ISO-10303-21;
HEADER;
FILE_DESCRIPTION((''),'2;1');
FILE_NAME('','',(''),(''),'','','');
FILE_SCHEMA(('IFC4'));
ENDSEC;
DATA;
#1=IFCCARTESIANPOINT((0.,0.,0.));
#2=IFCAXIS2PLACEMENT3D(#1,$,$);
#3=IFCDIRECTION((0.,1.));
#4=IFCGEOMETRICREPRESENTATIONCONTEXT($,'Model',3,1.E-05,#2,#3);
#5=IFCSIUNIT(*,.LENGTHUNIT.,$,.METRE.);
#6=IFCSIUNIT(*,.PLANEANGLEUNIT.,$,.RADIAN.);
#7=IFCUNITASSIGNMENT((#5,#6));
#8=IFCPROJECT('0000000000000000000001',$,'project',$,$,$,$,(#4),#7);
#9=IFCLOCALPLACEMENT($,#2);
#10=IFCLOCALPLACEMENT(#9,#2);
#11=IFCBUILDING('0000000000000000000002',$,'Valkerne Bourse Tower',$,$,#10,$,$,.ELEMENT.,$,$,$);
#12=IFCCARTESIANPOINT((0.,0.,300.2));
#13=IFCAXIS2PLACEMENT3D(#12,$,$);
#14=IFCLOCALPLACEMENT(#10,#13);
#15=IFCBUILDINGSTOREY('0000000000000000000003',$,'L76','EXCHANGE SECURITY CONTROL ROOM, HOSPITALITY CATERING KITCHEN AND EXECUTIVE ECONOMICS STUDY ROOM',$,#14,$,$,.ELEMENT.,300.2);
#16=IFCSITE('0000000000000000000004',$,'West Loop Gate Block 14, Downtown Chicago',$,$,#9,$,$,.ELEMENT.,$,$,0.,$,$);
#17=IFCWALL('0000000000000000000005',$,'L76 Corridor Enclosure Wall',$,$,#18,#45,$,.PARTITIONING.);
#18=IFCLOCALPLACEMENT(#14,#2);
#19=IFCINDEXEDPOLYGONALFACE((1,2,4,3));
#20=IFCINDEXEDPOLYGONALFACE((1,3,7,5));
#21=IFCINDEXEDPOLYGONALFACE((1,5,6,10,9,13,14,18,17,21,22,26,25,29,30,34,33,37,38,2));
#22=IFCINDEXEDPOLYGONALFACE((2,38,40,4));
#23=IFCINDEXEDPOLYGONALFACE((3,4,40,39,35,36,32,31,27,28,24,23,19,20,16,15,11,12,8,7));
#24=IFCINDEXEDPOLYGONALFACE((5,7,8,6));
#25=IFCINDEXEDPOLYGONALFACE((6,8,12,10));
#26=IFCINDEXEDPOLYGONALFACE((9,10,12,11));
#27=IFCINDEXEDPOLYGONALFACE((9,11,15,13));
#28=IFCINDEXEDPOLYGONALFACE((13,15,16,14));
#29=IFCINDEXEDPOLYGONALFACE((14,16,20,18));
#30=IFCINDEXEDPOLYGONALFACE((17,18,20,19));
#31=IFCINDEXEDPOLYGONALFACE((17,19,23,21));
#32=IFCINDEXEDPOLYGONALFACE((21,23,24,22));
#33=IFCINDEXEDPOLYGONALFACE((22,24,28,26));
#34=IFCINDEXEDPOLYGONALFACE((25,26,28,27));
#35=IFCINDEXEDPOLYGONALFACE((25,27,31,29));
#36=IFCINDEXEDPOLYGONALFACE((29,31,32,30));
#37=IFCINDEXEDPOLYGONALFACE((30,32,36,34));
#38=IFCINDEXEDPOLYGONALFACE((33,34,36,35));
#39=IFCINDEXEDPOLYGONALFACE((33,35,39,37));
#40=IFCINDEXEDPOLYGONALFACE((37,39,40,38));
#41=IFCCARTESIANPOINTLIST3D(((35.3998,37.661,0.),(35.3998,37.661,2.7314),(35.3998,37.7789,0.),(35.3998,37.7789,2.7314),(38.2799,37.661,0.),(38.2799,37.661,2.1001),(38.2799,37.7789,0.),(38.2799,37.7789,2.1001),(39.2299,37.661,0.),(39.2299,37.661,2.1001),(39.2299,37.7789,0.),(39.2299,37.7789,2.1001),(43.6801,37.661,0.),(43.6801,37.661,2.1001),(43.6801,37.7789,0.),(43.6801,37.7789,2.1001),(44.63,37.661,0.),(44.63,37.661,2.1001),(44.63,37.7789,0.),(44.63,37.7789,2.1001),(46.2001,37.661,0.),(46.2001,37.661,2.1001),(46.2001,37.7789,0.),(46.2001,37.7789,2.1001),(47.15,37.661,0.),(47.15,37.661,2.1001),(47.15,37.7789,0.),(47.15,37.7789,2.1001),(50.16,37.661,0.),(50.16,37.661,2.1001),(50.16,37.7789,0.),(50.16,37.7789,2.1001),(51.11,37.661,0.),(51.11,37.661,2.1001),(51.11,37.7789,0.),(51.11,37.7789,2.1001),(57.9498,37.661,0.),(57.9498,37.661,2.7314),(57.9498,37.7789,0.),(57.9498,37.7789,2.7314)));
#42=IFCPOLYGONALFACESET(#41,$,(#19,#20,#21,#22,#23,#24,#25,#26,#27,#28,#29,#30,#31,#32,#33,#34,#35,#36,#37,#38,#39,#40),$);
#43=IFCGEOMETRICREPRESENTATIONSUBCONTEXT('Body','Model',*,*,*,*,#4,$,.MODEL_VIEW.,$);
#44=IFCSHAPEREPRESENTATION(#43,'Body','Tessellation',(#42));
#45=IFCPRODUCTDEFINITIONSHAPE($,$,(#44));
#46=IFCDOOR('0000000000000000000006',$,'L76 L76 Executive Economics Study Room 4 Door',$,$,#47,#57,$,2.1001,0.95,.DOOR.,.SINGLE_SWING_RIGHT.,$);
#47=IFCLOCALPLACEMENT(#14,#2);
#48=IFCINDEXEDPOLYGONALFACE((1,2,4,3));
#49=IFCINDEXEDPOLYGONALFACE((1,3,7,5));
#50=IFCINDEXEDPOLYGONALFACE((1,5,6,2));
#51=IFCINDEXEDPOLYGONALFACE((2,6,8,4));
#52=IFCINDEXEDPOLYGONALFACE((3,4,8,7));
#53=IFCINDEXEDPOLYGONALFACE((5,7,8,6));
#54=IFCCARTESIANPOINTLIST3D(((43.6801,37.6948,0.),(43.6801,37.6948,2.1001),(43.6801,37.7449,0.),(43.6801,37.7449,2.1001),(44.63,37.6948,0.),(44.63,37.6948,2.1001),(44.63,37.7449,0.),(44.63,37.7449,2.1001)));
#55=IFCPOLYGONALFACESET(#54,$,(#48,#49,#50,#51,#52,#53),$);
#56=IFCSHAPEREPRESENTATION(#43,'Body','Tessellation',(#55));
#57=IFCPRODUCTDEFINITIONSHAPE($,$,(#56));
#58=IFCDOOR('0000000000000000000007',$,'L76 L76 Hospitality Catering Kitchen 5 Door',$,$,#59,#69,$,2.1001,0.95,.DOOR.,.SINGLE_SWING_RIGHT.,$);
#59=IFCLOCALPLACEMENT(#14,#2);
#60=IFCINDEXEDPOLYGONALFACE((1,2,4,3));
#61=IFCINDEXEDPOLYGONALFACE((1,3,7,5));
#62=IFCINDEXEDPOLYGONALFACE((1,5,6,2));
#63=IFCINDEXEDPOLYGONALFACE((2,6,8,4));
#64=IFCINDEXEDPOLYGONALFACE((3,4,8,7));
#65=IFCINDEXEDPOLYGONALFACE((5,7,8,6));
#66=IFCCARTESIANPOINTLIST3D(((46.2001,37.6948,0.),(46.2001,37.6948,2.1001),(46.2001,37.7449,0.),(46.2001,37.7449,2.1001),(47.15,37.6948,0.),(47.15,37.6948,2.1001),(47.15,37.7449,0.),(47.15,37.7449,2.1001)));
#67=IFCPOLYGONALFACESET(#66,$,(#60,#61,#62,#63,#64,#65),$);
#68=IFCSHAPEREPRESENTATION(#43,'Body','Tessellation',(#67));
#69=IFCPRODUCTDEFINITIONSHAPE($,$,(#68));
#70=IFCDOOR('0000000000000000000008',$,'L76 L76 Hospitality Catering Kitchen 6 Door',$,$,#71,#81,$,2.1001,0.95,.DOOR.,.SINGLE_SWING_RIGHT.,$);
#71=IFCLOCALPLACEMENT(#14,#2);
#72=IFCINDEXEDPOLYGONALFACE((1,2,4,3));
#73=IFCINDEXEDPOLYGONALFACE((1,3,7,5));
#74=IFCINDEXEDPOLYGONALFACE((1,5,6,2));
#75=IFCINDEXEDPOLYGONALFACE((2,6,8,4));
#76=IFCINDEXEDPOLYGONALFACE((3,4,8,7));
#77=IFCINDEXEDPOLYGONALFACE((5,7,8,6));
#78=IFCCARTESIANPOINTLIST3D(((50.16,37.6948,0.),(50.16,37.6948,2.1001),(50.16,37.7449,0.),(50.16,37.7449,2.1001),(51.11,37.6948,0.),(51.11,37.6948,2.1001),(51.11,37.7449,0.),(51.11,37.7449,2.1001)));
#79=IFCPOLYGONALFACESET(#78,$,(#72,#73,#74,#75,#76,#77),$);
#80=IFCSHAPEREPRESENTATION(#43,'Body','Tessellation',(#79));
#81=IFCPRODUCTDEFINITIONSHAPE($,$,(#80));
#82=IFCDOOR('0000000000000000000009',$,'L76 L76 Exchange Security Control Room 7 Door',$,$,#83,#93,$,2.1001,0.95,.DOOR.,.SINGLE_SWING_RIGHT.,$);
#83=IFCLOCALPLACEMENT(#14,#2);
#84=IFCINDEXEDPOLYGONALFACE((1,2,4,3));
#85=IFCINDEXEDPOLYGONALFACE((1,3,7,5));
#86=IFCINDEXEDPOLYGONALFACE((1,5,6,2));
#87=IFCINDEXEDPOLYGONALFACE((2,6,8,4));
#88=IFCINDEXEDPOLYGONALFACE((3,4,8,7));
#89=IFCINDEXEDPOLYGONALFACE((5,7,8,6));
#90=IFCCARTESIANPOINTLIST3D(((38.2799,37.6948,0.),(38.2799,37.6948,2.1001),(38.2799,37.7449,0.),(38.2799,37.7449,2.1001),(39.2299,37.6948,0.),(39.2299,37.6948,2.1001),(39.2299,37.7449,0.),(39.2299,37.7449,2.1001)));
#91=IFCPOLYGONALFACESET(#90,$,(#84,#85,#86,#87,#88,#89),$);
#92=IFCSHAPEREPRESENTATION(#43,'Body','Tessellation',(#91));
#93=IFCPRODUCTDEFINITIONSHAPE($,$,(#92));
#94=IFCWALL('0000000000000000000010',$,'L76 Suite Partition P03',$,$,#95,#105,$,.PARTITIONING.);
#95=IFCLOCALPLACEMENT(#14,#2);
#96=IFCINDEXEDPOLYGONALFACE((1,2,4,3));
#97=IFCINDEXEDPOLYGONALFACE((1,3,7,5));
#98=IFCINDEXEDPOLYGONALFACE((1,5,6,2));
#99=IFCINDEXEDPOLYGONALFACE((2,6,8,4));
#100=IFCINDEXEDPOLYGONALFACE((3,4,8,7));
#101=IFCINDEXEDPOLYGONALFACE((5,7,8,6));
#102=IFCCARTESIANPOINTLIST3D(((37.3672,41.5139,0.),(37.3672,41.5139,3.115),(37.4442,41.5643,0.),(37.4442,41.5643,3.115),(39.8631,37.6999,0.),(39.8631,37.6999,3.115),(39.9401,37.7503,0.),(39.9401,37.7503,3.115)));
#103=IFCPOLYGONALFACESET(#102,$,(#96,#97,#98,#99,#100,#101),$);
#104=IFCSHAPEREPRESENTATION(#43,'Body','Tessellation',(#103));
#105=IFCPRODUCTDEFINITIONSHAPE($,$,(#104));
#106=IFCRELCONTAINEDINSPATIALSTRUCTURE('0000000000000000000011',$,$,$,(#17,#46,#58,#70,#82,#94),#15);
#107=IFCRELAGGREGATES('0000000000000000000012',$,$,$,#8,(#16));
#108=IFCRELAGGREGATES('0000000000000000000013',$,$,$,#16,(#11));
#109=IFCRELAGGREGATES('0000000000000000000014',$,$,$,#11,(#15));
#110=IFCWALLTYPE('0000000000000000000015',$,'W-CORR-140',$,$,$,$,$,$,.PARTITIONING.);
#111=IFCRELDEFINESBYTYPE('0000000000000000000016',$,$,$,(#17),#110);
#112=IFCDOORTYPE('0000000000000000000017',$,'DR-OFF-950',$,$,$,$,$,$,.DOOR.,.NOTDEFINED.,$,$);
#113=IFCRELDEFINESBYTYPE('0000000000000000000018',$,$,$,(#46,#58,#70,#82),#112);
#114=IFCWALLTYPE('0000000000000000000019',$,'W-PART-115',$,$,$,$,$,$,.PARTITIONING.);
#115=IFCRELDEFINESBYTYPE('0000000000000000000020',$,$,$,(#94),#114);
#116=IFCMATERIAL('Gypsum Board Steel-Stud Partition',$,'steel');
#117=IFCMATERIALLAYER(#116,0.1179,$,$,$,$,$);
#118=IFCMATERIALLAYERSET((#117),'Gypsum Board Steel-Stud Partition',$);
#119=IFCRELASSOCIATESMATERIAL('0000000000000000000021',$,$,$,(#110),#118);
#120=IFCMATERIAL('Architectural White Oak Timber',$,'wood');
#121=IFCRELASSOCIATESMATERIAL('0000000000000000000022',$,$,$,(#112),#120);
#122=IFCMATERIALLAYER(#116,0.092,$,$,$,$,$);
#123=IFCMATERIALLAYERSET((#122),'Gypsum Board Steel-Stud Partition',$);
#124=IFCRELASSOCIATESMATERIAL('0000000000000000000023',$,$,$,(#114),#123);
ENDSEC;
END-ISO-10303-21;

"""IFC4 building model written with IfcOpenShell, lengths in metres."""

from ifc_helpers import new_model, si_unit, direction, frame, frame_2d, origin, place, context, subcontext, project, spatial, rectangle, extrude, material, layer, layer_set, type_object, element, fill, save


model = new_model("IFC4")

# Units and contexts
model_context = context("Model", 3, precision=1e-05, world=origin(), true_north=direction((0.0, 1.0)))
body_context = subcontext(model_context, "Body", "Model", "MODEL_VIEW")
ifc_project = project(units=[si_unit("LENGTHUNIT", "METRE"), si_unit("PLANEANGLEUNIT", "RADIAN")], contexts=[model_context])

# Site, building, storey
site_placement = place(None, origin())
site = spatial("IfcSite", under=ifc_project, at=site_placement, Name="West Loop Gate Block 14, Downtown Chicago", CompositionType="ELEMENT", RefElevation=0.0)
building_placement = place(site_placement, origin())
building = spatial("IfcBuilding", under=site, at=building_placement, Name="Valkerne Bourse Tower", CompositionType="ELEMENT")
storey_placement = place(building_placement, frame((0.0, 0.0, 300.2)))
storey = spatial("IfcBuildingStorey", under=building, at=storey_placement, Name="L76", Description="EXCHANGE SECURITY CONTROL ROOM, HOSPITALITY CATERING KITCHEN AND EXECUTIVE ECONOMICS STUDY ROOM", CompositionType="ELEMENT", Elevation=300.2)

# Wall, openings, doors
ifc_material_1 = material(Name="Gypsum Board Steel-Stud Partition", Category="steel")
ifc_layer_1 = layer(ifc_material_1, 0.1179)
ifc_layer_set_1 = layer_set([ifc_layer_1], Name="Gypsum Board Steel-Stud Partition")
wall_type_1 = type_object("IfcWallType", Name="W-CORR-140", PredefinedType="PARTITIONING", material=ifc_layer_set_1)
wall_1_placement = place(storey_placement, frame((35.3999, 37.72, 0.0), z_axis=(0.0, 0.0, 1.0), x_axis=(1.0, 0.0, 0.0)))
wall_1 = element("IfcWall", 1, at=wall_1_placement, inside=storey, type_object=wall_type_1, Name="L76 Corridor Enclosure Wall", PredefinedType="PARTITIONING", context=body_context, shape_type="SweptSolid", body=[
    extrude(rectangle(XDim=22.55, YDim=0.1179, at=frame_2d((11.2749, 0.0))), origin(), (0.0, 0.0, 1.0), 2.7314),
])
opening_1_placement = place(wall_1_placement, frame((8.28, 0.0, 0.0)))
opening_1 = element("IfcOpeningElement", 2, at=opening_1_placement, cuts=wall_1, PredefinedType="OPENING", context=body_context, shape_type="SweptSolid", body=[
    extrude(rectangle(XDim=0.95, YDim=2.1001, at=frame_2d((0.4751, 1.05))), frame((0.0, 0.0688, 0.0), z_axis=(0.0, -1.0, 0.0), x_axis=(1.0, 0.0, 0.0)), (0.0, 0.0, 1.0), 0.1379),
])
opening_2_placement = place(wall_1_placement, frame((10.8, 0.0, 0.0)))
opening_2 = element("IfcOpeningElement", 3, at=opening_2_placement, cuts=wall_1, PredefinedType="OPENING", context=body_context, shape_type="SweptSolid", body=[
    extrude(rectangle(XDim=0.95, YDim=2.1001, at=frame_2d((0.4751, 1.05))), frame((0.0, 0.0688, 0.0), z_axis=(0.0, -1.0, 0.0), x_axis=(1.0, 0.0, 0.0)), (0.0, 0.0, 1.0), 0.1379),
])
opening_3_placement = place(wall_1_placement, frame((14.76, 0.0, 0.0)))
opening_3 = element("IfcOpeningElement", 4, at=opening_3_placement, cuts=wall_1, PredefinedType="OPENING", context=body_context, shape_type="SweptSolid", body=[
    extrude(rectangle(XDim=0.95, YDim=2.1001, at=frame_2d((0.4751, 1.05))), frame((0.0, 0.0688, 0.0), z_axis=(0.0, -1.0, 0.0), x_axis=(1.0, 0.0, 0.0)), (0.0, 0.0, 1.0), 0.1379),
])
opening_4_placement = place(wall_1_placement, frame((2.8799, 0.0, 0.0)))
opening_4 = element("IfcOpeningElement", 5, at=opening_4_placement, cuts=wall_1, PredefinedType="OPENING", context=body_context, shape_type="SweptSolid", body=[
    extrude(rectangle(XDim=0.95, YDim=2.1001, at=frame_2d((0.4751, 1.05))), frame((0.0, 0.0688, 0.0), z_axis=(0.0, -1.0, 0.0), x_axis=(1.0, 0.0, 0.0)), (0.0, 0.0, 1.0), 0.1379),
])
ifc_material_2 = material(Name="Architectural White Oak Timber", Category="wood")
door_type = type_object("IfcDoorType", Name="DR-OFF-950", OperationType="NOTDEFINED", PredefinedType="DOOR", material=ifc_material_2)
door_1_placement = place(opening_1_placement, origin())
door_1 = element("IfcDoor", 6, at=door_1_placement, inside=storey, type_object=door_type, Name="L76 L76 Executive Economics Study Room 4 Door", OperationType="SINGLE_SWING_RIGHT", OverallHeight=2.1001, OverallWidth=0.95, PredefinedType="DOOR", context=body_context, shape_type="SweptSolid", body=[
    extrude(rectangle(XDim=0.95, YDim=2.1001, at=frame_2d((0.4751, 1.05))), frame((0.0, 0.0249, 0.0), z_axis=(0.0, -1.0, 0.0), x_axis=(1.0, 0.0, 0.0)), (0.0, 0.0, 1.0), 0.05),
])
fill(opening_1, door_1)
door_2_placement = place(opening_2_placement, origin())
door_2 = element("IfcDoor", 7, at=door_2_placement, inside=storey, type_object=door_type, Name="L76 L76 Hospitality Catering Kitchen 5 Door", OperationType="SINGLE_SWING_RIGHT", OverallHeight=2.1001, OverallWidth=0.95, PredefinedType="DOOR", context=body_context, shape_type="SweptSolid", body=[
    extrude(rectangle(XDim=0.95, YDim=2.1001, at=frame_2d((0.4751, 1.05))), frame((0.0, 0.0249, 0.0), z_axis=(0.0, -1.0, 0.0), x_axis=(1.0, 0.0, 0.0)), (0.0, 0.0, 1.0), 0.05),
])
fill(opening_2, door_2)
door_3_placement = place(opening_3_placement, origin())
door_3 = element("IfcDoor", 8, at=door_3_placement, inside=storey, type_object=door_type, Name="L76 L76 Hospitality Catering Kitchen 6 Door", OperationType="SINGLE_SWING_RIGHT", OverallHeight=2.1001, OverallWidth=0.95, PredefinedType="DOOR", context=body_context, shape_type="SweptSolid", body=[
    extrude(rectangle(XDim=0.95, YDim=2.1001, at=frame_2d((0.4751, 1.05))), frame((0.0, 0.0249, 0.0), z_axis=(0.0, -1.0, 0.0), x_axis=(1.0, 0.0, 0.0)), (0.0, 0.0, 1.0), 0.05),
])
fill(opening_3, door_3)
door_4_placement = place(opening_4_placement, origin())
door_4 = element("IfcDoor", 9, at=door_4_placement, inside=storey, type_object=door_type, Name="L76 L76 Exchange Security Control Room 7 Door", OperationType="SINGLE_SWING_RIGHT", OverallHeight=2.1001, OverallWidth=0.95, PredefinedType="DOOR", context=body_context, shape_type="SweptSolid", body=[
    extrude(rectangle(XDim=0.95, YDim=2.1001, at=frame_2d((0.4751, 1.05))), frame((0.0, 0.0249, 0.0), z_axis=(0.0, -1.0, 0.0), x_axis=(1.0, 0.0, 0.0)), (0.0, 0.0, 1.0), 0.05),
])
fill(opening_4, door_4)

# Wall
ifc_layer_2 = layer(ifc_material_1, 0.092)
ifc_layer_set_2 = layer_set([ifc_layer_2], Name="Gypsum Board Steel-Stud Partition")
wall_type_2 = type_object("IfcWallType", Name="W-PART-115", PredefinedType="PARTITIONING", material=ifc_layer_set_2)
wall_2_placement = place(storey_placement, frame((39.9016, 37.7251, 0.0), z_axis=(0.0, 0.0, 1.0), x_axis=(-0.547573, 0.836758, 0.0)))
element("IfcWall", 10, at=wall_2_placement, inside=storey, type_object=wall_type_2, Name="L76 Suite Partition P03", PredefinedType="PARTITIONING", context=body_context, shape_type="SweptSolid", body=[
    extrude(rectangle(XDim=4.5581, YDim=0.092, at=frame_2d((2.2791, 0.0))), origin(), (0.0, 0.0, 1.0), 3.115),
])

save(model, "model.ifc")
